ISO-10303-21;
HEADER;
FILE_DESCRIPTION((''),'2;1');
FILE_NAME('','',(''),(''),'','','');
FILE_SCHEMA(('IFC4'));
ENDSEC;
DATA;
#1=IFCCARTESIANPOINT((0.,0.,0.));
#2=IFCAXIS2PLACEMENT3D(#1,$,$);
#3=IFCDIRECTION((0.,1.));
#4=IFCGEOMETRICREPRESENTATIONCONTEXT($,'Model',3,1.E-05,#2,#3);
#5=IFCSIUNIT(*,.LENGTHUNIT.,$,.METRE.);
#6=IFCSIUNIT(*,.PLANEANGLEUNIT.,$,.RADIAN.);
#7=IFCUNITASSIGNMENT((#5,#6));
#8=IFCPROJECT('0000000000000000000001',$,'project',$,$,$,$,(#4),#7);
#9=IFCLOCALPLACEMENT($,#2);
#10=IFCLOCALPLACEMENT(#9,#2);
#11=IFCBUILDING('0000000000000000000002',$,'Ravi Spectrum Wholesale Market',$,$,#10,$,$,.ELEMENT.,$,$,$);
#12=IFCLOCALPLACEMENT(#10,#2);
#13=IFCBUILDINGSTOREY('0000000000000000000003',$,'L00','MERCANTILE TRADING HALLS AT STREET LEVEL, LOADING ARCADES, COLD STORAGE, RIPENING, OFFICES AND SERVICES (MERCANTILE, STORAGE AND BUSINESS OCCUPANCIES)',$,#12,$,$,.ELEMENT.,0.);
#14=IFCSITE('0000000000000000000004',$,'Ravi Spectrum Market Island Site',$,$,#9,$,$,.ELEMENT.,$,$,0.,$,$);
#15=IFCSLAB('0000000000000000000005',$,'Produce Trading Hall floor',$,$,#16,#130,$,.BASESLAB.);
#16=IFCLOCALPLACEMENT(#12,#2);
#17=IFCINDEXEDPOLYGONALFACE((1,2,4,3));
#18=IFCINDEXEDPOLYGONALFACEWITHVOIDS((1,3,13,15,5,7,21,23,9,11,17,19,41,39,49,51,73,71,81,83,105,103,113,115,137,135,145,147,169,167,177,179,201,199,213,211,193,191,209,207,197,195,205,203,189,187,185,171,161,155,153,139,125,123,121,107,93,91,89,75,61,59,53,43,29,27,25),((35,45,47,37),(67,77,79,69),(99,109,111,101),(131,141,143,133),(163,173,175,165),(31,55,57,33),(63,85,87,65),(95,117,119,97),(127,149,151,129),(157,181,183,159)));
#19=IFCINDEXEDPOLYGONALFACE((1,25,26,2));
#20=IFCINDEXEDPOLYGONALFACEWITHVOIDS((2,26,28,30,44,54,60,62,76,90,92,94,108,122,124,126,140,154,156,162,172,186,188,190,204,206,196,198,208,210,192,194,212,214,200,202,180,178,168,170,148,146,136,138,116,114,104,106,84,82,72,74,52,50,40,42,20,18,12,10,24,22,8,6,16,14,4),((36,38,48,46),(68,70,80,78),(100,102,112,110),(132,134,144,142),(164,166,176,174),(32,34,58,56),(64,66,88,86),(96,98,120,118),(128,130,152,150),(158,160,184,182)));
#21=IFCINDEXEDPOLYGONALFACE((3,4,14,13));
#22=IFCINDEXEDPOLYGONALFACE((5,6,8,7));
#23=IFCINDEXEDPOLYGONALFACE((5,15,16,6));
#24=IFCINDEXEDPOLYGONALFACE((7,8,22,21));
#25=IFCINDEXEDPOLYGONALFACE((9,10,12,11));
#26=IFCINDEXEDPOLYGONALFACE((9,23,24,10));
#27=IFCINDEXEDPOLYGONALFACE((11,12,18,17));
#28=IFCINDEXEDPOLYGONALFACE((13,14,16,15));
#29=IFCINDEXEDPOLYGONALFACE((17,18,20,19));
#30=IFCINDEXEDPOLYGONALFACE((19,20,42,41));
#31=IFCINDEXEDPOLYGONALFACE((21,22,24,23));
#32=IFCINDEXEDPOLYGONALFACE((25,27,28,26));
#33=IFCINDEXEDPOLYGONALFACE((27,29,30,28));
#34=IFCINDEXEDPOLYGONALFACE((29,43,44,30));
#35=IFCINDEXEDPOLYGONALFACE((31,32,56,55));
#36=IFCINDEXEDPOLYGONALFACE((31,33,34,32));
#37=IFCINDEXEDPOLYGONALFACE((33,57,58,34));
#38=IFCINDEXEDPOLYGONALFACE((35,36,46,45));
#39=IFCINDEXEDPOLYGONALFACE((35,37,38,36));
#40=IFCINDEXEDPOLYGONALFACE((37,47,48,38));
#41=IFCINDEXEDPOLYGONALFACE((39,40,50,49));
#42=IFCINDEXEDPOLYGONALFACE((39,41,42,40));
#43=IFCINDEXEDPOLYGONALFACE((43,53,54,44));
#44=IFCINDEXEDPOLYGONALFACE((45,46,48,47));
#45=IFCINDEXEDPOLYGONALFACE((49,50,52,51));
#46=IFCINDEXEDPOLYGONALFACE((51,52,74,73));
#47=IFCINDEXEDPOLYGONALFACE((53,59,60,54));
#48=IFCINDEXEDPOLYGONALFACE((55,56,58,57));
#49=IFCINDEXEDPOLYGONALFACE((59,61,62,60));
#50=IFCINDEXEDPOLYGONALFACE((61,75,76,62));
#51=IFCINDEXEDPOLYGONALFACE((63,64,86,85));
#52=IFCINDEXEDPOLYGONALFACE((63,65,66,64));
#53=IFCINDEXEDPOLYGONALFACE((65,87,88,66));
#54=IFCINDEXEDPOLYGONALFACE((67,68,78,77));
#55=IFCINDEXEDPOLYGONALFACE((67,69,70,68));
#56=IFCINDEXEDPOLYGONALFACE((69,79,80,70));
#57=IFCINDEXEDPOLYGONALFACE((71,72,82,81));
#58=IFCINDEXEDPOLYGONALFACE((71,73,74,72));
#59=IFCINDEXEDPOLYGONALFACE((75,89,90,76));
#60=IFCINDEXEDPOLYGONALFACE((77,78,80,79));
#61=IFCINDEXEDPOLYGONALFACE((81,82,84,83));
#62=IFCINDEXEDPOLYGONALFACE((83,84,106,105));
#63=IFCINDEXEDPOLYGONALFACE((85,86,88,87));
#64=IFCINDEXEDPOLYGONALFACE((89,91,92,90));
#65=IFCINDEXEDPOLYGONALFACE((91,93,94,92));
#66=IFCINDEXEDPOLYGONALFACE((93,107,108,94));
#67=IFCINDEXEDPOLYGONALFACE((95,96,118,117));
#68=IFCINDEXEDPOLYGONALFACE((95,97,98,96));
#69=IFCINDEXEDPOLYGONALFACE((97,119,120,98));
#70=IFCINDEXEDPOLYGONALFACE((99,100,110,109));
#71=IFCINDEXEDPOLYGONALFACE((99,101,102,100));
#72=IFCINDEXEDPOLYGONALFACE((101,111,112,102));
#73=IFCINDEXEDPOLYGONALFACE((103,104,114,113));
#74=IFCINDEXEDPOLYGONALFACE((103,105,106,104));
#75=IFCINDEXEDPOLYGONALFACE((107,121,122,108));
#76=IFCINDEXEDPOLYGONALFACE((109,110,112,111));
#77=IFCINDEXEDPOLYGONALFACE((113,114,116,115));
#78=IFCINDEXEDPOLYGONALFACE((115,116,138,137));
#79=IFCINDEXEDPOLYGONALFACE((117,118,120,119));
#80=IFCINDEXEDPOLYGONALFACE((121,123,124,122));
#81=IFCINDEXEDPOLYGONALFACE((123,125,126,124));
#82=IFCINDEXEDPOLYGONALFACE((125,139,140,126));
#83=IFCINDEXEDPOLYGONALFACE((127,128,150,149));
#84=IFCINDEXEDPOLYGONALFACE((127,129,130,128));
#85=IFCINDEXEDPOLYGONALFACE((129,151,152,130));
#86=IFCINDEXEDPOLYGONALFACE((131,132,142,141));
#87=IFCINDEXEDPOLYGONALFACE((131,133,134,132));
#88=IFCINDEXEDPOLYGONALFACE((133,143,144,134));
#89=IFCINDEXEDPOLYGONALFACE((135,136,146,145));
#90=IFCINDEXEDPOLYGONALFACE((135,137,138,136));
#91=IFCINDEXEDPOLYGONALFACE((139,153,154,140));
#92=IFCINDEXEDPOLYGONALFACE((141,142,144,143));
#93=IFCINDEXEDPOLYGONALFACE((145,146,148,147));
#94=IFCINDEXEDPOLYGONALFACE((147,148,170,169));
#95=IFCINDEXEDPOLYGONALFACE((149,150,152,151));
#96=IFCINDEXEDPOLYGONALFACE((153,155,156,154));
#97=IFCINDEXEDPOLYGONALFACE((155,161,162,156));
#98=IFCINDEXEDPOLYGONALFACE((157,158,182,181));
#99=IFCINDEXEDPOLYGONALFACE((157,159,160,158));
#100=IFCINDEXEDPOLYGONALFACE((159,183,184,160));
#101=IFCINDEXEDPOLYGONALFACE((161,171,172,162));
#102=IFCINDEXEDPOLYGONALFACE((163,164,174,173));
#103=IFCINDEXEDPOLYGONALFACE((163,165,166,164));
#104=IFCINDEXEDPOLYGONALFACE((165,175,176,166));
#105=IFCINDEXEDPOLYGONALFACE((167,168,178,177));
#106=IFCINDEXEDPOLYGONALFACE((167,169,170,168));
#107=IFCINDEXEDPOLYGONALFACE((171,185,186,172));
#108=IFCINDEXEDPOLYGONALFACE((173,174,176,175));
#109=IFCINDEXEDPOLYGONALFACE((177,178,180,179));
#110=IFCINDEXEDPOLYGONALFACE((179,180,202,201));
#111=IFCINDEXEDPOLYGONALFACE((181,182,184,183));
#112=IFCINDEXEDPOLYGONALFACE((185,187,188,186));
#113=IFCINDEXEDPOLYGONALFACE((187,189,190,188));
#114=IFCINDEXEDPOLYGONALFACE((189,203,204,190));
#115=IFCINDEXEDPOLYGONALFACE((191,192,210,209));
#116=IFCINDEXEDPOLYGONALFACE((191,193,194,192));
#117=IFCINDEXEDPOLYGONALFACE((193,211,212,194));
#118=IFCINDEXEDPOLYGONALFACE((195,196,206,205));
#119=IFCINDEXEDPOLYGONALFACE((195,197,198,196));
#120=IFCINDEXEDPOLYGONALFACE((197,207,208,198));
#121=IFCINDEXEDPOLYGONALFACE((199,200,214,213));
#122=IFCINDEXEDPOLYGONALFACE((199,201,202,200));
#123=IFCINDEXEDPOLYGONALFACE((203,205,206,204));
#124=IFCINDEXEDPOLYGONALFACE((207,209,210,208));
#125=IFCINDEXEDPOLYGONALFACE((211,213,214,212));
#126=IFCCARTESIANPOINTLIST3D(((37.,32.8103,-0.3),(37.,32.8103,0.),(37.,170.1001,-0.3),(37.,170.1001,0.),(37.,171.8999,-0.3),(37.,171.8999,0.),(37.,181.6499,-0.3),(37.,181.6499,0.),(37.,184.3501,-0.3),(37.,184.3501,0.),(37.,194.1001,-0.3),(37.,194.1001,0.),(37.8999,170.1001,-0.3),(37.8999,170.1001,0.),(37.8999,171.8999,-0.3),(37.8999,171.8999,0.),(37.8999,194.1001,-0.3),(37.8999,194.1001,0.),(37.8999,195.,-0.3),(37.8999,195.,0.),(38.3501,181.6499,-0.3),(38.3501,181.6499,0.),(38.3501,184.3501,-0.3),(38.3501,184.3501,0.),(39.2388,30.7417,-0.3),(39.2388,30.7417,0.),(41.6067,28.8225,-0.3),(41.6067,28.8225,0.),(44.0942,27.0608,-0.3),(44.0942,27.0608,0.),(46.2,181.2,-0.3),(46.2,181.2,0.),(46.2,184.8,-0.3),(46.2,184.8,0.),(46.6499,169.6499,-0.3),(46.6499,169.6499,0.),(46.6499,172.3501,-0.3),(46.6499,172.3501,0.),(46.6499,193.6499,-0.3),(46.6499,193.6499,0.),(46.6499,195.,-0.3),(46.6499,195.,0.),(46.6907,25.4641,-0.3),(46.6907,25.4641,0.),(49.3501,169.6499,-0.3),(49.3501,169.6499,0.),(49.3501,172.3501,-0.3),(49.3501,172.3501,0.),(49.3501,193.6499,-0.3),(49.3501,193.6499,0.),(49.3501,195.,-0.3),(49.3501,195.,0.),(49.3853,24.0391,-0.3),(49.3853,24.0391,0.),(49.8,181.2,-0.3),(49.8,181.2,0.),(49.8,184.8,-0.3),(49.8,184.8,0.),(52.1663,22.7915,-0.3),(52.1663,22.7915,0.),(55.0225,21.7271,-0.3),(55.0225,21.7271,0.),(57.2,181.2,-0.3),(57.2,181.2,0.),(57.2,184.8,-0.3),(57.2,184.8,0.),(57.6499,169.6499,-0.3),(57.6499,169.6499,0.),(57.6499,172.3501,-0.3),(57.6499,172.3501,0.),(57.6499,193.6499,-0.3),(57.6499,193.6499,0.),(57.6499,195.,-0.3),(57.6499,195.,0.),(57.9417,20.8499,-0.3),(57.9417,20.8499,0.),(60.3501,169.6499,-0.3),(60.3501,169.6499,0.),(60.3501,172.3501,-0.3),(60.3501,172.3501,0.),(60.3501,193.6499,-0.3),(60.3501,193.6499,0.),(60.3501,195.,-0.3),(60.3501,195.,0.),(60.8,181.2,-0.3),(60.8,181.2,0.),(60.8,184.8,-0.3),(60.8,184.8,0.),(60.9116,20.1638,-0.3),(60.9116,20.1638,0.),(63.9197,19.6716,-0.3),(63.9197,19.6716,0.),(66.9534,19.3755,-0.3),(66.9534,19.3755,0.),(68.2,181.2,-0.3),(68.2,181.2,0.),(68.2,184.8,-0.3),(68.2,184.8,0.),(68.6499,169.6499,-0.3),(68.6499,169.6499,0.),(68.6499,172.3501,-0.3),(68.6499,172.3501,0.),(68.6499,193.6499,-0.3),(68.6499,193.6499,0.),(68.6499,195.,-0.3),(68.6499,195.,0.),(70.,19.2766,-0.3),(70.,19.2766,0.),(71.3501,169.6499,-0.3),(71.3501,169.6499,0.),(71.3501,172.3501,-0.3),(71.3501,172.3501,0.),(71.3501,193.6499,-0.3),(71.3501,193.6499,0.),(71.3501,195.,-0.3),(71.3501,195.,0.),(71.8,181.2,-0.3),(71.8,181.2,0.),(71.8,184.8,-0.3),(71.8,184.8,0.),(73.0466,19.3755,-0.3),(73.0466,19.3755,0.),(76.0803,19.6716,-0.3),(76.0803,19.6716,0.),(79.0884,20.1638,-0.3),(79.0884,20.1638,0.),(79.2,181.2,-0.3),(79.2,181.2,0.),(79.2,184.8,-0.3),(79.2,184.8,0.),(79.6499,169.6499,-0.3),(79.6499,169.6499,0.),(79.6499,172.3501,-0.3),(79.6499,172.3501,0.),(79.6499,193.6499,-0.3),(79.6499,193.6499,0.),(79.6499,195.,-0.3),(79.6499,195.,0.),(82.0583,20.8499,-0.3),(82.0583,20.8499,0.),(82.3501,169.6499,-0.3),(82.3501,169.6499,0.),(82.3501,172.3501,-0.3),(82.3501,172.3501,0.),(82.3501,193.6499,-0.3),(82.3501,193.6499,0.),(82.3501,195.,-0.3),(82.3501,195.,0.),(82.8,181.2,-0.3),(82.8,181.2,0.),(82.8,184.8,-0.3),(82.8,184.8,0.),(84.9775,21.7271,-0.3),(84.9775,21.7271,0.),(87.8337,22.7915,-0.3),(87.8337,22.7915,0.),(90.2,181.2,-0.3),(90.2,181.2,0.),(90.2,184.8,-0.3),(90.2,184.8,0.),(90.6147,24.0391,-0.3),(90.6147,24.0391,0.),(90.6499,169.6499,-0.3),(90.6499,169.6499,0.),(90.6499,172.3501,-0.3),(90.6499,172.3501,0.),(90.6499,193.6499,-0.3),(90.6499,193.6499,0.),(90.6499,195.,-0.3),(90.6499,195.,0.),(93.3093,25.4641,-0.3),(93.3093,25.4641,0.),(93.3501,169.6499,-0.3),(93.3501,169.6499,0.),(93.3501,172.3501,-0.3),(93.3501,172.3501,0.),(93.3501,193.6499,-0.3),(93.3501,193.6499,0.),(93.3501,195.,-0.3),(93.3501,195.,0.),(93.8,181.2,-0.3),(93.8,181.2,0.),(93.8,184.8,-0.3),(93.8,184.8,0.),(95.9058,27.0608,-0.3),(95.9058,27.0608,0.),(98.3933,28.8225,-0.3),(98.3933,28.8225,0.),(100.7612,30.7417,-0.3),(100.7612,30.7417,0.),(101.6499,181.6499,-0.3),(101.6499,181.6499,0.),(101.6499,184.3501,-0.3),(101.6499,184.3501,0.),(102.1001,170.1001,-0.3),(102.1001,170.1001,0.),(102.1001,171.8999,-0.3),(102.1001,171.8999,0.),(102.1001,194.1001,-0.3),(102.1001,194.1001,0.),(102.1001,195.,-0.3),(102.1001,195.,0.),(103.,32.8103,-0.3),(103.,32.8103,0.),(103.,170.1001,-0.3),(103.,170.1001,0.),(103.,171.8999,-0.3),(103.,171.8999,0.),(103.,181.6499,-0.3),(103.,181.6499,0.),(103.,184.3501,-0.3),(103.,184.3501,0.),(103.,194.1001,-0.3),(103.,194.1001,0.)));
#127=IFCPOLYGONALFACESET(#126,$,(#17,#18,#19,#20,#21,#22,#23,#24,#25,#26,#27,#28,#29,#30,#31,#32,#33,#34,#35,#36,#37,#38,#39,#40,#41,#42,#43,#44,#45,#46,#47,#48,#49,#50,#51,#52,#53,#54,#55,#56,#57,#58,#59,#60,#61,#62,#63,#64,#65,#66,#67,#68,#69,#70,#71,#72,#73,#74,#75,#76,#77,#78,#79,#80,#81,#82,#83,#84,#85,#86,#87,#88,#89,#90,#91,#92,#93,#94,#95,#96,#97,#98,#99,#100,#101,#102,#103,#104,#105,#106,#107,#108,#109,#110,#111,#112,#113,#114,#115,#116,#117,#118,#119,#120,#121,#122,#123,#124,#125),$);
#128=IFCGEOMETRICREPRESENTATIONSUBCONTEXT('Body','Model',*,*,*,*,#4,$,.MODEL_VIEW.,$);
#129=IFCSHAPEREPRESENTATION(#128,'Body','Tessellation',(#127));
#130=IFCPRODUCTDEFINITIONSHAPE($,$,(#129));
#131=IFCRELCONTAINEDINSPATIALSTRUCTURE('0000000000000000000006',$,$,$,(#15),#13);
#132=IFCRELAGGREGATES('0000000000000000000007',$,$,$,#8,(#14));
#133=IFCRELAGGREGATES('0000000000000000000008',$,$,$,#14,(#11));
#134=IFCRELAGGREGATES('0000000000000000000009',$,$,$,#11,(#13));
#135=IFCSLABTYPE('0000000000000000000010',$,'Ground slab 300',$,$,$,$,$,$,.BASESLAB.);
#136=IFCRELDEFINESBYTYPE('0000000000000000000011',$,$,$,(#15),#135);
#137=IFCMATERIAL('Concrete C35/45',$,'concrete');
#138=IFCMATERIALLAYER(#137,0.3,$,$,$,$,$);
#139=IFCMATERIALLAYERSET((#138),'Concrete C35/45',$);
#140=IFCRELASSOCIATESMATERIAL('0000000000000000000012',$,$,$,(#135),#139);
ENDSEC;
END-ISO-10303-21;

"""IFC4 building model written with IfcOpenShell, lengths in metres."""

from ifc_helpers import new_model, si_unit, direction, frame, origin, place, context, subcontext, project, spatial, polyline, outline, extrude, material, layer, layer_set, type_object, element, save


model = new_model("IFC4")

# Units and contexts
model_context = context("Model", 3, precision=1e-05, world=origin(), true_north=direction((0.0, 1.0)))
body_context = subcontext(model_context, "Body", "Model", "MODEL_VIEW")
ifc_project = project(units=[si_unit("LENGTHUNIT", "METRE"), si_unit("PLANEANGLEUNIT", "RADIAN")], contexts=[model_context])

# Site, building, storey
site_placement = place(None, origin())
site = spatial("IfcSite", under=ifc_project, at=site_placement, Name="Ravi Spectrum Market Island Site", CompositionType="ELEMENT", RefElevation=0.0)
building_placement = place(site_placement, origin())
building = spatial("IfcBuilding", under=site, at=building_placement, Name="Ravi Spectrum Wholesale Market", CompositionType="ELEMENT")
storey_placement = place(building_placement, origin())
storey = spatial("IfcBuildingStorey", under=building, at=storey_placement, Name="L00", Description="MERCANTILE TRADING HALLS AT STREET LEVEL, LOADING ARCADES, COLD STORAGE, RIPENING, OFFICES AND SERVICES (MERCANTILE, STORAGE AND BUSINESS OCCUPANCIES)", CompositionType="ELEMENT", Elevation=0.0)

# Slab
ifc_material_1 = material(Name="Concrete C35/45", Category="concrete")
ifc_layer_1 = layer(ifc_material_1, 0.3)
ifc_layer_set_1 = layer_set([ifc_layer_1], Name="Concrete C35/45")
slab_type_1 = type_object("IfcSlabType", Name="Ground slab 300", PredefinedType="BASESLAB", material=ifc_layer_set_1)
slab_1_placement = place(storey_placement, frame((0.0, 0.0, -0.3)))
element("IfcSlab", 1, at=slab_1_placement, inside=storey, type_object=slab_type_1, Name="Produce Trading Hall floor", PredefinedType="BASESLAB", context=body_context, shape_type="SweptSolid", body=[
    extrude(outline(polyline([(103.0, 32.8103), (100.7612, 30.7417), (98.3933, 28.8225), (95.9058, 27.0608), (93.3093, 25.4641), (90.6147, 24.0391), (87.8337, 22.7915), (84.9775, 21.7271), (82.0583, 20.8499), (79.0884, 20.1638), (76.0803, 19.6716), (73.0466, 19.3755), (70.0, 19.2766), (66.9534, 19.3755), (63.9197, 19.6716), (60.9116, 20.1638), (57.9417, 20.8499), (55.0225, 21.7271), (52.1663, 22.7915), (49.3853, 24.0391), (46.6907, 25.4641), (44.0942, 27.0608), (41.6067, 28.8225), (39.2388, 30.7417), (37.0, 32.8103), (37.0, 170.1001), (37.8999, 170.1001), (37.8999, 171.8999), (37.0, 171.8999), (37.0, 181.6499), (38.3501, 181.6499), (38.3501, 184.3501), (37.0, 184.3501), (37.0, 194.1001), (37.8999, 194.1001), (37.8999, 195.0), (46.6499, 195.0), (46.6499, 193.6499), (49.3501, 193.6499), (49.3501, 195.0), (57.6499, 195.0), (57.6499, 193.6499), (60.3501, 193.6499), (60.3501, 195.0), (68.6499, 195.0), (68.6499, 193.6499), (71.3501, 193.6499), (71.3501, 195.0), (79.6499, 195.0), (79.6499, 193.6499), (82.3501, 193.6499), (82.3501, 195.0), (90.6499, 195.0), (90.6499, 193.6499), (93.3501, 193.6499), (93.3501, 195.0), (102.1001, 195.0), (102.1001, 194.1001), (103.0, 194.1001), (103.0, 184.3501), (101.6499, 184.3501), (101.6499, 181.6499), (103.0, 181.6499), (103.0, 171.8999), (102.1001, 171.8999), (102.1001, 170.1001), (103.0, 170.1001), (103.0, 32.8103)]), holes=[polyline([(49.3501, 169.6499), (49.3501, 172.3501), (46.6499, 172.3501), (46.6499, 169.6499), (49.3501, 169.6499)]), polyline([(60.3501, 169.6499), (60.3501, 172.3501), (57.6499, 172.3501), (57.6499, 169.6499), (60.3501, 169.6499)]), polyline([(46.2, 181.2), (49.8, 181.2), (49.8, 184.8), (46.2, 184.8), (46.2, 181.2)]), polyline([(60.8, 181.2), (60.8, 184.8), (57.2, 184.8), (57.2, 181.2), (60.8, 181.2)]), polyline([(71.8, 181.2), (71.8, 184.8), (68.2, 184.8), (68.2, 181.2), (71.8, 181.2)]), polyline([(71.3501, 169.6499), (71.3501, 172.3501), (68.6499, 172.3501), (68.6499, 169.6499), (71.3501, 169.6499)]), polyline([(82.3501, 169.6499), (82.3501, 172.3501), (79.6499, 172.3501), (79.6499, 169.6499), (82.3501, 169.6499)]), polyline([(90.6499, 169.6499), (93.3501, 169.6499), (93.3501, 172.3501), (90.6499, 172.3501), (90.6499, 169.6499)]), polyline([(82.8, 181.2), (82.8, 184.8), (79.2, 184.8), (79.2, 181.2), (82.8, 181.2)]), polyline([(90.2, 181.2), (93.8, 181.2), (93.8, 184.8), (90.2, 184.8), (90.2, 181.2)])]), origin(), (0.0, 0.0, 1.0), 0.3),
])

save(model, "model.ifc")
